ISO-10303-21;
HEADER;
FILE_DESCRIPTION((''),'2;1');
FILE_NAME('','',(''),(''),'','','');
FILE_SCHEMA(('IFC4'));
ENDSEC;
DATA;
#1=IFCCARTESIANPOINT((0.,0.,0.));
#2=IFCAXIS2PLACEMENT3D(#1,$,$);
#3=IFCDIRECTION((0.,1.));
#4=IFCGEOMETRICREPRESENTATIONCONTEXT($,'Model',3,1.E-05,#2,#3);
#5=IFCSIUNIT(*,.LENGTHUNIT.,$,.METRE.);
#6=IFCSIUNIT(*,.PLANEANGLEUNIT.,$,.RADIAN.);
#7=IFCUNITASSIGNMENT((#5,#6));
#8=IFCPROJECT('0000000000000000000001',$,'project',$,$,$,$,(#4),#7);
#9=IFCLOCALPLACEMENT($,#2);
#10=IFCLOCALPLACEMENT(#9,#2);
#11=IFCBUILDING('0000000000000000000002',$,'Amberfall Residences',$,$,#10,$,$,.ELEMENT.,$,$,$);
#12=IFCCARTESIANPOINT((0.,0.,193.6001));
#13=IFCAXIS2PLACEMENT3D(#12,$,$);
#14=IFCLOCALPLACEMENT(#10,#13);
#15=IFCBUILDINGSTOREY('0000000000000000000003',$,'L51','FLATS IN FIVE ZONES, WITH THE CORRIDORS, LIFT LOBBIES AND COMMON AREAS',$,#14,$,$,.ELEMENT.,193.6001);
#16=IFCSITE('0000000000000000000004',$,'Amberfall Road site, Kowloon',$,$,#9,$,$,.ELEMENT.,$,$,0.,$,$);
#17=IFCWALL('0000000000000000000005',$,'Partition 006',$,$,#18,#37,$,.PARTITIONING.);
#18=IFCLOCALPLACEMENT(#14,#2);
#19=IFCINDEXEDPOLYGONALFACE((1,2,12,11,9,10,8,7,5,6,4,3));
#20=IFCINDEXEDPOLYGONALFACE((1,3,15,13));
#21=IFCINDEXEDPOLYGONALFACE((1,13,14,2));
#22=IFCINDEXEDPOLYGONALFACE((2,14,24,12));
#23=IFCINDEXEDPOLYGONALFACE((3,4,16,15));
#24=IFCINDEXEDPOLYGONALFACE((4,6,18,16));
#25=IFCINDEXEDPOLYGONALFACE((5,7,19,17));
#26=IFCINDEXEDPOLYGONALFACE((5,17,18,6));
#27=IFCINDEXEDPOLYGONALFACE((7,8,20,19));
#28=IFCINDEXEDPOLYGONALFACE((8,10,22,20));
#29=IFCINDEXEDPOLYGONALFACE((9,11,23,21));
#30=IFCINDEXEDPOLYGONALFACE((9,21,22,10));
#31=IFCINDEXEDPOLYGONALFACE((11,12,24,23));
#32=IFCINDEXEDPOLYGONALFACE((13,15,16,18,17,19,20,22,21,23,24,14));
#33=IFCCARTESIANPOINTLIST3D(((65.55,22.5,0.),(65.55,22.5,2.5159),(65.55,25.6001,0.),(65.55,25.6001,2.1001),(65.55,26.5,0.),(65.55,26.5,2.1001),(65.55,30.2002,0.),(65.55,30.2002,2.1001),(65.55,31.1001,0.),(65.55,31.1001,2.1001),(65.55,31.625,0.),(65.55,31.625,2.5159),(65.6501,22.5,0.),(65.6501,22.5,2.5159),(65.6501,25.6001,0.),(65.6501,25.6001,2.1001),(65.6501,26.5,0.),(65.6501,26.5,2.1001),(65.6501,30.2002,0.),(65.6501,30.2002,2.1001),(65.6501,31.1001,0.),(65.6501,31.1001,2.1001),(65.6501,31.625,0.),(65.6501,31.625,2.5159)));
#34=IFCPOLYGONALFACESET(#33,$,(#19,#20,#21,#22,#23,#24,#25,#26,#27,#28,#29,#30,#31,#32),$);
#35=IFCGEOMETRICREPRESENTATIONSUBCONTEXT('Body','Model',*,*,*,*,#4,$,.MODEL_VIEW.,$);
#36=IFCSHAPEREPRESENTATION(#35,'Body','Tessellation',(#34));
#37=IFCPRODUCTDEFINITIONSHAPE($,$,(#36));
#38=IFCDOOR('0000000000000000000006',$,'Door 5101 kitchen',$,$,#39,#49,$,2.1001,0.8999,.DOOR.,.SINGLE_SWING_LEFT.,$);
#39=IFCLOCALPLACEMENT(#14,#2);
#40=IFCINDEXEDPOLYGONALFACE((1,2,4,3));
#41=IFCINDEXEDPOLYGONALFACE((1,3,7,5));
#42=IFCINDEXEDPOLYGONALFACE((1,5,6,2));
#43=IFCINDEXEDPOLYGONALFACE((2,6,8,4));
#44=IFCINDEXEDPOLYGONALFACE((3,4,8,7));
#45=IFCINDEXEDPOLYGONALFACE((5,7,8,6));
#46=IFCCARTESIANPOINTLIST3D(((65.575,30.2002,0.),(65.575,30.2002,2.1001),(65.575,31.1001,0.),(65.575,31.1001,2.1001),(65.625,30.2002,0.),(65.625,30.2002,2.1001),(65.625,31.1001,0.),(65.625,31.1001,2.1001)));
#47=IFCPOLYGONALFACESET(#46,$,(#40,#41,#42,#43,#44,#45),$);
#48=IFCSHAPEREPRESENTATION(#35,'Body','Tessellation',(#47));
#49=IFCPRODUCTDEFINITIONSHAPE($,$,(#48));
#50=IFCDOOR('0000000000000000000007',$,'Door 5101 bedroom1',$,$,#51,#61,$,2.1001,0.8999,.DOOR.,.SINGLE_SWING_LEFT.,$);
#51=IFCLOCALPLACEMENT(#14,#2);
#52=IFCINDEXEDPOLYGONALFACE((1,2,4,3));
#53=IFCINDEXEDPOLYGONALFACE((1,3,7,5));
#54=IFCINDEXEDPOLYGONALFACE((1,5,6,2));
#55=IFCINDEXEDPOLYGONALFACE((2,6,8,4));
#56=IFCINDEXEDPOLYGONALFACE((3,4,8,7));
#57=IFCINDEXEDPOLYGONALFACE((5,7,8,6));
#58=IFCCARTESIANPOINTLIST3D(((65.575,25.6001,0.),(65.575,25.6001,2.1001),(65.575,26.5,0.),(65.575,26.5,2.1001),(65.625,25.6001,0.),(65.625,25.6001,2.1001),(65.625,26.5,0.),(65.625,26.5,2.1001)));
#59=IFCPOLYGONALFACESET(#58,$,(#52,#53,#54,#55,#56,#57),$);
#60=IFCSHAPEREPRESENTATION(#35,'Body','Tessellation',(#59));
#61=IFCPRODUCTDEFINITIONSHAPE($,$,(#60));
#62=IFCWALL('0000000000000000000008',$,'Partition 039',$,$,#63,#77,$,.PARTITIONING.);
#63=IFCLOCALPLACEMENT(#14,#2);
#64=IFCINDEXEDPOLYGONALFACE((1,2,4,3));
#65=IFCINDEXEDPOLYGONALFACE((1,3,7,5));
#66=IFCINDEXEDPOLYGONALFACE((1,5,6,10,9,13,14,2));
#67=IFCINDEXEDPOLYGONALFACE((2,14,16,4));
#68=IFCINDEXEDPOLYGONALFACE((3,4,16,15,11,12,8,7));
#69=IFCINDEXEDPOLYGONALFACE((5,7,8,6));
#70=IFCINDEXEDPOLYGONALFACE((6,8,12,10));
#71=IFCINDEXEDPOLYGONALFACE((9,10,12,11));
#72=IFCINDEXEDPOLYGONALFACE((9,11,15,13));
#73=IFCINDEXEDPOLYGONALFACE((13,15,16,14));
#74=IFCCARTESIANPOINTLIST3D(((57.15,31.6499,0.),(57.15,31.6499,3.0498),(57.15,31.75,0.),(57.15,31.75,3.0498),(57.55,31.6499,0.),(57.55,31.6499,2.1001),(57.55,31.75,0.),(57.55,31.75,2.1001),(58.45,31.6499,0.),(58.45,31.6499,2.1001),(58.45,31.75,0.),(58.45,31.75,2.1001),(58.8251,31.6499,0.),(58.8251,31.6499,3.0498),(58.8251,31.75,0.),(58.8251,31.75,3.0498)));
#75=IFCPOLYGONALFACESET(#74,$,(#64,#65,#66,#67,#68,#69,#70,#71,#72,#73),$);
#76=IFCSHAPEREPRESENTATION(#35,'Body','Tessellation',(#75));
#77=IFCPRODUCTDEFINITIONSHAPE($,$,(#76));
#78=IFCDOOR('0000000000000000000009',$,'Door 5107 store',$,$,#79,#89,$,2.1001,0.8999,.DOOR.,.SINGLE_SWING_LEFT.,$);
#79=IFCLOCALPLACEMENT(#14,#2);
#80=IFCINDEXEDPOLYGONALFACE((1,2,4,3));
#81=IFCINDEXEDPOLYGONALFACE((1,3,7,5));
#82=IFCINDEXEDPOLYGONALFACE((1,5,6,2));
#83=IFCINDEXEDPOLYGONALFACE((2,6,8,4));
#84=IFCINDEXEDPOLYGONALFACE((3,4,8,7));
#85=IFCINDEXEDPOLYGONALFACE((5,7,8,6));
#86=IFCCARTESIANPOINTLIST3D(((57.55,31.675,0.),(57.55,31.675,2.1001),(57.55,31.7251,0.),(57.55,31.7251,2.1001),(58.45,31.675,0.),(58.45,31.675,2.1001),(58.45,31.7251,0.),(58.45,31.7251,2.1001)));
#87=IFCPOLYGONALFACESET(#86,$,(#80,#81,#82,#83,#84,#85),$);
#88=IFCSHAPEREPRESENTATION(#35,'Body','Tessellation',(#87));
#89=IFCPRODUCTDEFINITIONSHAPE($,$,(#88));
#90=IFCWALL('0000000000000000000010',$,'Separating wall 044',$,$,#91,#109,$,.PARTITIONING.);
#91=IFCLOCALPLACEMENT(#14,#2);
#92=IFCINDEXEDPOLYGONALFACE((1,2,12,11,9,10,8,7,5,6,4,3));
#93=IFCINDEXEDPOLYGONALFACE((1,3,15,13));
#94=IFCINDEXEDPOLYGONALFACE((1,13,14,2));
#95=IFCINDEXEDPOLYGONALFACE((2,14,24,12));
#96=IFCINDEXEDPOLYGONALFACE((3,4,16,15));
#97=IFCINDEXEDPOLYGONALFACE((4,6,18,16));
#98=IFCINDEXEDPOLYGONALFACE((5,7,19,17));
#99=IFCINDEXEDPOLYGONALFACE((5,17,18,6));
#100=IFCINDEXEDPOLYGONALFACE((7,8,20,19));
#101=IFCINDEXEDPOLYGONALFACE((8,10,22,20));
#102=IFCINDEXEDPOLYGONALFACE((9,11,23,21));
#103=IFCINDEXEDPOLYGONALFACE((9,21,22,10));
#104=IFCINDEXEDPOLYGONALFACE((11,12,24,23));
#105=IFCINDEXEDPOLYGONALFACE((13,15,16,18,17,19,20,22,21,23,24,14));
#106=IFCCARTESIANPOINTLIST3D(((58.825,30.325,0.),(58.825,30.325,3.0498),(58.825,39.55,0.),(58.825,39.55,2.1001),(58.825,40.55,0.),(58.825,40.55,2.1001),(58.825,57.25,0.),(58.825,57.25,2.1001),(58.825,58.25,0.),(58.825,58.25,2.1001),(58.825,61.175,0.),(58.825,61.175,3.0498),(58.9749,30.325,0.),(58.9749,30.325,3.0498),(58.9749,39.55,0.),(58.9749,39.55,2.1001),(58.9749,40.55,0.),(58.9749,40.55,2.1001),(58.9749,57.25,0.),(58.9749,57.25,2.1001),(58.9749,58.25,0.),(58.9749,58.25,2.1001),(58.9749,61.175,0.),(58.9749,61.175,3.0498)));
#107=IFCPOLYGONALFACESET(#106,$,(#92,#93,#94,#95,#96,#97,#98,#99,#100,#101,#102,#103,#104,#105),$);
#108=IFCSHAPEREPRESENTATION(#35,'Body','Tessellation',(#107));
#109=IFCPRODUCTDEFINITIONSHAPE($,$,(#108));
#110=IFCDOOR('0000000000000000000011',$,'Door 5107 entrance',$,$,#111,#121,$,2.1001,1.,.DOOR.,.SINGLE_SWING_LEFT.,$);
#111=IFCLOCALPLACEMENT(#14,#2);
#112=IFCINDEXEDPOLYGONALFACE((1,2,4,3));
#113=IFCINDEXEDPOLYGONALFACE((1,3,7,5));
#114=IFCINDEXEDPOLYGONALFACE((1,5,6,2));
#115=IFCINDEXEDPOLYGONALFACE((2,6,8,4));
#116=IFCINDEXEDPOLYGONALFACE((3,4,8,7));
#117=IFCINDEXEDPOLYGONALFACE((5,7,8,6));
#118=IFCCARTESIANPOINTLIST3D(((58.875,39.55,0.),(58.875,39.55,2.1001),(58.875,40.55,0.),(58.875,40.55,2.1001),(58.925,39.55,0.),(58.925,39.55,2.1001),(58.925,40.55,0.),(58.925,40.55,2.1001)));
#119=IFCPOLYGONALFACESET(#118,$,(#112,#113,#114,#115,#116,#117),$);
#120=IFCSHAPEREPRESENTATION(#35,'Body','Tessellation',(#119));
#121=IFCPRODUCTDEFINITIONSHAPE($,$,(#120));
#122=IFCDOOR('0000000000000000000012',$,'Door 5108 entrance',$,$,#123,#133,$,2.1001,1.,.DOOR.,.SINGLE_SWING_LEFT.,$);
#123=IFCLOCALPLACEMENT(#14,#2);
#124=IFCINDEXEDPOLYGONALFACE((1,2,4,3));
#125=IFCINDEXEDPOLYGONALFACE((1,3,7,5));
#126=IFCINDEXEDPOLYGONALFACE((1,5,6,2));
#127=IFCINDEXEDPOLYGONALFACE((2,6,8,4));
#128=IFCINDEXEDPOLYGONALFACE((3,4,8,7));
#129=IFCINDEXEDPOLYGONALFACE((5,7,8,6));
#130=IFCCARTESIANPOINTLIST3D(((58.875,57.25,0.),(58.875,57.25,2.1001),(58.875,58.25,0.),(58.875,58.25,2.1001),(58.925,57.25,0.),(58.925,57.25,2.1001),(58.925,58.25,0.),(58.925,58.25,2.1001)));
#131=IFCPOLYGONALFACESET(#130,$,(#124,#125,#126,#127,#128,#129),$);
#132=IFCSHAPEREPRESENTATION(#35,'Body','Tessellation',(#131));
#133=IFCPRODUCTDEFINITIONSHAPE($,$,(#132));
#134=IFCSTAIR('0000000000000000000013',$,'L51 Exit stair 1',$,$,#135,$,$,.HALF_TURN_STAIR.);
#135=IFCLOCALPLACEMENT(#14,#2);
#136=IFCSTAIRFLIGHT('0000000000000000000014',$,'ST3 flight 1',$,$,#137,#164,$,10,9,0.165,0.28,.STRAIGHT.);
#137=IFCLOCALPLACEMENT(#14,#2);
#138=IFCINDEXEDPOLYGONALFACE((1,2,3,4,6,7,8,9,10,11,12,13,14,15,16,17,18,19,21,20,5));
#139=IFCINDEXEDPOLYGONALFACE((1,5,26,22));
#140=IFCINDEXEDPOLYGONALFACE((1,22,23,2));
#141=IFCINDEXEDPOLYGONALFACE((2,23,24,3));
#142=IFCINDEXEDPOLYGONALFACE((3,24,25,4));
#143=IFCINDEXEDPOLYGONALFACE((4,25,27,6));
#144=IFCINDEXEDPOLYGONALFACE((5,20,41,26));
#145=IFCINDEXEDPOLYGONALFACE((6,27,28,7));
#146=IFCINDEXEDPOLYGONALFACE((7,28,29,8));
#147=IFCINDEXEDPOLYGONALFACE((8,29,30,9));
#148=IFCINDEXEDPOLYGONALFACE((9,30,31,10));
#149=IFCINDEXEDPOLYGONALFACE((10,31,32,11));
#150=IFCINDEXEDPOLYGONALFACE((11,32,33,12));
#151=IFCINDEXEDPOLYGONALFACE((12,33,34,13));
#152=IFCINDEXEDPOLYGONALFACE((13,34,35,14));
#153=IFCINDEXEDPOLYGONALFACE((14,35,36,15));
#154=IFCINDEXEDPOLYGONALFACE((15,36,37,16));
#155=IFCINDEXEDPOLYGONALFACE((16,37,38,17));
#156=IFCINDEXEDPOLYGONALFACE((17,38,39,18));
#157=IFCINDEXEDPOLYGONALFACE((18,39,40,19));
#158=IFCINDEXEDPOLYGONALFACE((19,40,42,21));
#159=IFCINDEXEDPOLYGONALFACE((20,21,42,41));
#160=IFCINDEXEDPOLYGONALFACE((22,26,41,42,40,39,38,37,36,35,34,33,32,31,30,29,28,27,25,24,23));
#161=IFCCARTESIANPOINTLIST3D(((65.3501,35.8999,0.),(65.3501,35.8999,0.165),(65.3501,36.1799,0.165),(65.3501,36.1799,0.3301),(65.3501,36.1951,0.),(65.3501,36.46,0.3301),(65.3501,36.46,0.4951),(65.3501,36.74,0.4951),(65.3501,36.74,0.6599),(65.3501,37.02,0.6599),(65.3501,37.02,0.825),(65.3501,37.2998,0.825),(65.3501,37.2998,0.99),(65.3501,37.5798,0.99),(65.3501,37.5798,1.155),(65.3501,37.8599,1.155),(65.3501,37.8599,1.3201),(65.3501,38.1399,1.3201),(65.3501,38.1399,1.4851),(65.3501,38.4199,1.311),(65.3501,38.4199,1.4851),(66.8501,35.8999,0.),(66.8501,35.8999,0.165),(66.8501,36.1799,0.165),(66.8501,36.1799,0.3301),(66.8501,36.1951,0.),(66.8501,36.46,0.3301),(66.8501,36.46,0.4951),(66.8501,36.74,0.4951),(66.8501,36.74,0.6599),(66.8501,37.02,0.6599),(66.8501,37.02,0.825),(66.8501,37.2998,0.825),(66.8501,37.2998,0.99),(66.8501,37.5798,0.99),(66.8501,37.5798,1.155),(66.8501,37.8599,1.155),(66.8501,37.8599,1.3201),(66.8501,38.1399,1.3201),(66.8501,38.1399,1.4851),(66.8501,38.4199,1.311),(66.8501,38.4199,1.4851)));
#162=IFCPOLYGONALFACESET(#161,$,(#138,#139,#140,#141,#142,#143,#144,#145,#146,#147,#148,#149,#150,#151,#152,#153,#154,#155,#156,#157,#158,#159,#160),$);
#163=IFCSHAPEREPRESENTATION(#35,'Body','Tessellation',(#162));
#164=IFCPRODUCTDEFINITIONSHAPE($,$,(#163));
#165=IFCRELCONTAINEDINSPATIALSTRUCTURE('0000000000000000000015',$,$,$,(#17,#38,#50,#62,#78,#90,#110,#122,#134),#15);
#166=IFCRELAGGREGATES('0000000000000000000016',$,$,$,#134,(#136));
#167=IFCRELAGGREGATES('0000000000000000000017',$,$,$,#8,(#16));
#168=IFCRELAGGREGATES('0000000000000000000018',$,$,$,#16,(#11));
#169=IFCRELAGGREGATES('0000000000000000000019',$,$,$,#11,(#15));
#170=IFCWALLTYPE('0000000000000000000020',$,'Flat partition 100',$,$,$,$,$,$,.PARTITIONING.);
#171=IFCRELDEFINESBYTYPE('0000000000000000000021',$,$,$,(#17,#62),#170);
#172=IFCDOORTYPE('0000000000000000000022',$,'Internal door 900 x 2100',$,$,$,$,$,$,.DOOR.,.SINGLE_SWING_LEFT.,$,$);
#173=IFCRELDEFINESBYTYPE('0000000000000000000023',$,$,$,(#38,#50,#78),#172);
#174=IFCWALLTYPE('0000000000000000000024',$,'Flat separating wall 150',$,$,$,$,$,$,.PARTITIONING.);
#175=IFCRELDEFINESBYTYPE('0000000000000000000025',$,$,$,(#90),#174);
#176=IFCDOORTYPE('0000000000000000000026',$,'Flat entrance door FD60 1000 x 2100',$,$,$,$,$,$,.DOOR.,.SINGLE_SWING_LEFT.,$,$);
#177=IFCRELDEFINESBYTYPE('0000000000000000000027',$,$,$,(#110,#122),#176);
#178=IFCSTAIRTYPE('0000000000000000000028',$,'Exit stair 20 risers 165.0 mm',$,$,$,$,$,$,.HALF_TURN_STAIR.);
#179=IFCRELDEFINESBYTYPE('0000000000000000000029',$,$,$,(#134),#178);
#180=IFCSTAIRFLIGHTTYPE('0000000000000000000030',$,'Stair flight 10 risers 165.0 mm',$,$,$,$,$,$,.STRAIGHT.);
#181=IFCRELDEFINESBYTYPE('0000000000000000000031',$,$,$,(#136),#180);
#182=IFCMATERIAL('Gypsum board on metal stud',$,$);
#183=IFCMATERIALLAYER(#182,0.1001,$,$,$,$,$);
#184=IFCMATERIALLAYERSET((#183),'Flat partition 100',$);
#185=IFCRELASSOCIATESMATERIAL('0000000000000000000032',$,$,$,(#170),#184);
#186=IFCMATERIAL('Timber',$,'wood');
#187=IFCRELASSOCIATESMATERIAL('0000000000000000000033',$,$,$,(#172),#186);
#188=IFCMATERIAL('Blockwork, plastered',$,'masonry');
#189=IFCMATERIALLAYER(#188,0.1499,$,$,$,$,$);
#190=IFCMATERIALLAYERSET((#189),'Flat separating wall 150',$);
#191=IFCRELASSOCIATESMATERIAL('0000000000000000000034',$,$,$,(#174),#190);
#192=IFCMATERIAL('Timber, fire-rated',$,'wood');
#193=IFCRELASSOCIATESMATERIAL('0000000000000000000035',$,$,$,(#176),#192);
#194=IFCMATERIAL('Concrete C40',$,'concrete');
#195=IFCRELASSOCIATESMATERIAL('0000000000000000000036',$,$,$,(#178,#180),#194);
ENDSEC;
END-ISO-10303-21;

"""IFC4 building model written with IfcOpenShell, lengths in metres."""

from ifc_helpers import new_model, si_unit, direction, frame, frame_2d, origin, place, context, subcontext, project, spatial, polyline, rectangle, outline, extrude, material, layer, layer_set, type_object, element, fill, aggregate, save


model = new_model("IFC4")

# Units and contexts
model_context = context("Model", 3, precision=1e-05, world=origin(), true_north=direction((0.0, 1.0)))
body_context = subcontext(model_context, "Body", "Model", "MODEL_VIEW")
ifc_project = project(units=[si_unit("LENGTHUNIT", "METRE"), si_unit("PLANEANGLEUNIT", "RADIAN")], contexts=[model_context])

# Site, building, storey
site_placement = place(None, origin())
site = spatial("IfcSite", under=ifc_project, at=site_placement, Name="Amberfall Road site, Kowloon", CompositionType="ELEMENT", RefElevation=0.0)
building_placement = place(site_placement, origin())
building = spatial("IfcBuilding", under=site, at=building_placement, Name="Amberfall Residences", CompositionType="ELEMENT")
storey_placement = place(building_placement, frame((0.0, 0.0, 193.6001)))
storey = spatial("IfcBuildingStorey", under=building, at=storey_placement, Name="L51", Description="FLATS IN FIVE ZONES, WITH THE CORRIDORS, LIFT LOBBIES AND COMMON AREAS", CompositionType="ELEMENT", Elevation=193.6001)

# Wall, openings, doors
ifc_material_1 = material(Name="Gypsum board on metal stud")
ifc_layer_1 = layer(ifc_material_1, 0.1001)
ifc_layer_set_1 = layer_set([ifc_layer_1], Name="Flat partition 100")
wall_type_1 = type_object("IfcWallType", Name="Flat partition 100", PredefinedType="PARTITIONING", material=ifc_layer_set_1)
wall_1_placement = place(storey_placement, frame((65.6001, 31.625, 0.0), z_axis=(0.0, 0.0, 1.0), x_axis=(0.0, -1.0, 0.0)))
wall_1 = element("IfcWall", 1, at=wall_1_placement, inside=storey, type_object=wall_type_1, Name="Partition 006", PredefinedType="PARTITIONING", context=body_context, shape_type="SweptSolid", body=[
    extrude(rectangle(XDim=9.125, YDim=0.1001, at=frame_2d((4.5625, 0.0))), origin(), (0.0, 0.0, 1.0), 2.5159),
])
opening_1_placement = place(wall_1_placement, frame((0.5249, 0.0, 0.0)))
opening_1 = element("IfcOpeningElement", 2, at=opening_1_placement, cuts=wall_1, PredefinedType="OPENING", context=body_context, shape_type="SweptSolid", body=[
    extrude(rectangle(XDim=0.8999, YDim=2.1001, at=frame_2d((0.45, 1.05))), frame((0.0, 0.0601, 0.0), z_axis=(0.0, -1.0, 0.0), x_axis=(1.0, 0.0, 0.0)), (0.0, 0.0, 1.0), 0.1201),
])
opening_2_placement = place(wall_1_placement, frame((5.125, 0.0, 0.0)))
opening_2 = element("IfcOpeningElement", 3, at=opening_2_placement, cuts=wall_1, PredefinedType="OPENING", context=body_context, shape_type="SweptSolid", body=[
    extrude(rectangle(XDim=0.8999, YDim=2.1001, at=frame_2d((0.45, 1.05))), frame((0.0, 0.0601, 0.0), z_axis=(0.0, -1.0, 0.0), x_axis=(1.0, 0.0, 0.0)), (0.0, 0.0, 1.0), 0.1201),
])
ifc_material_2 = material(Name="Timber", Category="wood")
door_type_1 = type_object("IfcDoorType", Name="Internal door 900 x 2100", OperationType="SINGLE_SWING_LEFT", PredefinedType="DOOR", material=ifc_material_2)
door_1_placement = place(opening_1_placement, origin())
door_1 = element("IfcDoor", 4, at=door_1_placement, inside=storey, type_object=door_type_1, Name="Door 5101 kitchen", OperationType="SINGLE_SWING_LEFT", OverallHeight=2.1001, OverallWidth=0.8999, PredefinedType="DOOR", context=body_context, shape_type="SweptSolid", body=[
    extrude(rectangle(XDim=0.8999, YDim=2.1001, at=frame_2d((0.45, 1.05))), frame((0.0, 0.0249, 0.0), z_axis=(0.0, -1.0, 0.0), x_axis=(1.0, 0.0, 0.0)), (0.0, 0.0, 1.0), 0.05),
])
fill(opening_1, door_1)
door_2_placement = place(opening_2_placement, origin())
door_2 = element("IfcDoor", 5, at=door_2_placement, inside=storey, type_object=door_type_1, Name="Door 5101 bedroom1", OperationType="SINGLE_SWING_LEFT", OverallHeight=2.1001, OverallWidth=0.8999, PredefinedType="DOOR", context=body_context, shape_type="SweptSolid", body=[
    extrude(rectangle(XDim=0.8999, YDim=2.1001, at=frame_2d((0.45, 1.05))), frame((0.0, 0.0249, 0.0), z_axis=(0.0, -1.0, 0.0), x_axis=(1.0, 0.0, 0.0)), (0.0, 0.0, 1.0), 0.05),
])
fill(opening_2, door_2)

# Wall, opening, door
wall_2_placement = place(storey_placement, frame((58.825, 31.7, 0.0), z_axis=(0.0, 0.0, 1.0), x_axis=(-1.0, 0.0, 0.0)))
wall_2 = element("IfcWall", 6, at=wall_2_placement, inside=storey, type_object=wall_type_1, Name="Partition 039", PredefinedType="PARTITIONING", context=body_context, shape_type="SweptSolid", body=[
    extrude(rectangle(XDim=1.675, YDim=0.1001, at=frame_2d((0.8374, 0.0))), origin(), (0.0, 0.0, 1.0), 3.0498),
])
opening_3_placement = place(wall_2_placement, frame((0.375, 0.0, 0.0)))
opening_3 = element("IfcOpeningElement", 7, at=opening_3_placement, cuts=wall_2, PredefinedType="OPENING", context=body_context, shape_type="SweptSolid", body=[
    extrude(rectangle(XDim=0.8999, YDim=2.1001, at=frame_2d((0.45, 1.05))), frame((0.0, 0.0601, 0.0), z_axis=(0.0, -1.0, 0.0), x_axis=(1.0, 0.0, 0.0)), (0.0, 0.0, 1.0), 0.1201),
])
door_3_placement = place(opening_3_placement, origin())
door_3 = element("IfcDoor", 8, at=door_3_placement, inside=storey, type_object=door_type_1, Name="Door 5107 store", OperationType="SINGLE_SWING_LEFT", OverallHeight=2.1001, OverallWidth=0.8999, PredefinedType="DOOR", context=body_context, shape_type="SweptSolid", body=[
    extrude(rectangle(XDim=0.8999, YDim=2.1001, at=frame_2d((0.45, 1.05))), frame((0.0, 0.0249, 0.0), z_axis=(0.0, -1.0, 0.0), x_axis=(1.0, 0.0, 0.0)), (0.0, 0.0, 1.0), 0.05),
])
fill(opening_3, door_3)

# Wall, openings, doors
ifc_material_3 = material(Name="Blockwork, plastered", Category="masonry")
ifc_layer_2 = layer(ifc_material_3, 0.1499)
ifc_layer_set_2 = layer_set([ifc_layer_2], Name="Flat separating wall 150")
wall_type_2 = type_object("IfcWallType", Name="Flat separating wall 150", PredefinedType="PARTITIONING", material=ifc_layer_set_2)
wall_3_placement = place(storey_placement, frame((58.8999, 30.325, 0.0), z_axis=(0.0, 0.0, 1.0), x_axis=(0.0, 1.0, 0.0)))
wall_3 = element("IfcWall", 9, at=wall_3_placement, inside=storey, type_object=wall_type_2, Name="Separating wall 044", PredefinedType="PARTITIONING", context=body_context, shape_type="SweptSolid", body=[
    extrude(rectangle(XDim=30.8501, YDim=0.1499, at=frame_2d((15.425, 0.0))), origin(), (0.0, 0.0, 1.0), 3.0498),
])
opening_4_placement = place(wall_3_placement, frame((9.2251, 0.0, 0.0)))
opening_4 = element("IfcOpeningElement", 10, at=opening_4_placement, cuts=wall_3, PredefinedType="OPENING", context=body_context, shape_type="SweptSolid", body=[
    extrude(rectangle(XDim=1.0, YDim=2.1001, at=frame_2d((0.5, 1.05))), frame((0.0, 0.085, 0.0), z_axis=(0.0, -1.0, 0.0), x_axis=(1.0, 0.0, 0.0)), (0.0, 0.0, 1.0), 0.1699),
])
opening_5_placement = place(wall_3_placement, frame((26.925, 0.0, 0.0)))
opening_5 = element("IfcOpeningElement", 11, at=opening_5_placement, cuts=wall_3, PredefinedType="OPENING", context=body_context, shape_type="SweptSolid", body=[
    extrude(rectangle(XDim=1.0, YDim=2.1001, at=frame_2d((0.5, 1.05))), frame((0.0, 0.085, 0.0), z_axis=(0.0, -1.0, 0.0), x_axis=(1.0, 0.0, 0.0)), (0.0, 0.0, 1.0), 0.1699),
])
ifc_material_4 = material(Name="Timber, fire-rated", Category="wood")
door_type_2 = type_object("IfcDoorType", Name="Flat entrance door FD60 1000 x 2100", OperationType="SINGLE_SWING_LEFT", PredefinedType="DOOR", material=ifc_material_4)
door_4_placement = place(opening_4_placement, origin())
door_4 = element("IfcDoor", 12, at=door_4_placement, inside=storey, type_object=door_type_2, Name="Door 5107 entrance", OperationType="SINGLE_SWING_LEFT", OverallHeight=2.1001, OverallWidth=1.0, PredefinedType="DOOR", context=body_context, shape_type="SweptSolid", body=[
    extrude(rectangle(XDim=1.0, YDim=2.1001, at=frame_2d((0.5, 1.05))), frame((0.0, 0.0249, 0.0), z_axis=(0.0, -1.0, 0.0), x_axis=(1.0, 0.0, 0.0)), (0.0, 0.0, 1.0), 0.05),
])
fill(opening_4, door_4)
door_5_placement = place(opening_5_placement, origin())
door_5 = element("IfcDoor", 13, at=door_5_placement, inside=storey, type_object=door_type_2, Name="Door 5108 entrance", OperationType="SINGLE_SWING_LEFT", OverallHeight=2.1001, OverallWidth=1.0, PredefinedType="DOOR", context=body_context, shape_type="SweptSolid", body=[
    extrude(rectangle(XDim=1.0, YDim=2.1001, at=frame_2d((0.5, 1.05))), frame((0.0, 0.0249, 0.0), z_axis=(0.0, -1.0, 0.0), x_axis=(1.0, 0.0, 0.0)), (0.0, 0.0, 1.0), 0.05),
])
fill(opening_5, door_5)

# Stair, stair flight
ifc_material_5 = material(Name="Concrete C40", Category="concrete")
stair_type = type_object("IfcStairType", Name="Exit stair 20 risers 165.0 mm", PredefinedType="HALF_TURN_STAIR", material=ifc_material_5)
stair_placement = place(storey_placement, origin())
stair = element("IfcStair", 14, at=stair_placement, inside=storey, type_object=stair_type, Name="L51 Exit stair 1", PredefinedType="HALF_TURN_STAIR")
stair_flight_type = type_object("IfcStairFlightType", Name="Stair flight 10 risers 165.0 mm", PredefinedType="STRAIGHT", material=ifc_material_5)
stair_flight_1_placement = place(storey_placement, frame((66.1001, 35.8999, 0.0), z_axis=(0.0, 0.0, 1.0), x_axis=(0.0, 1.0, 0.0)))
stair_flight_1 = element("IfcStairFlight", 15, at=stair_flight_1_placement, type_object=stair_flight_type, Name="ST3 flight 1", NumberOfRisers=10, NumberOfTreads=9, PredefinedType="STRAIGHT", RiserHeight=0.165, TreadLength=0.28, context=body_context, shape_type="SweptSolid", body=[
    extrude(outline(polyline([(0.0, 0.0), (0.0, 0.165), (0.28, 0.165), (0.28, 0.3301), (0.5601, 0.3301), (0.5601, 0.4951), (0.8401, 0.4951), (0.8401, 0.6599), (1.1201, 0.6599), (1.1201, 0.825), (1.3999, 0.825), (1.3999, 0.99), (1.6799, 0.99), (1.6799, 1.155), (1.96, 1.155), (1.96, 1.3201), (2.24, 1.3201), (2.24, 1.4851), (2.52, 1.4851), (2.52, 1.6499), (2.52, 1.311), (0.2952, 0.0), (0.0, 0.0)])), frame((0.0, 0.75, 0.0), z_axis=(0.0, -1.0, 0.0), x_axis=(1.0, 0.0, 0.0)), (0.0, 0.0, 1.0), 1.5),
])
aggregate(stair, [stair_flight_1])

save(model, "model.ifc")
